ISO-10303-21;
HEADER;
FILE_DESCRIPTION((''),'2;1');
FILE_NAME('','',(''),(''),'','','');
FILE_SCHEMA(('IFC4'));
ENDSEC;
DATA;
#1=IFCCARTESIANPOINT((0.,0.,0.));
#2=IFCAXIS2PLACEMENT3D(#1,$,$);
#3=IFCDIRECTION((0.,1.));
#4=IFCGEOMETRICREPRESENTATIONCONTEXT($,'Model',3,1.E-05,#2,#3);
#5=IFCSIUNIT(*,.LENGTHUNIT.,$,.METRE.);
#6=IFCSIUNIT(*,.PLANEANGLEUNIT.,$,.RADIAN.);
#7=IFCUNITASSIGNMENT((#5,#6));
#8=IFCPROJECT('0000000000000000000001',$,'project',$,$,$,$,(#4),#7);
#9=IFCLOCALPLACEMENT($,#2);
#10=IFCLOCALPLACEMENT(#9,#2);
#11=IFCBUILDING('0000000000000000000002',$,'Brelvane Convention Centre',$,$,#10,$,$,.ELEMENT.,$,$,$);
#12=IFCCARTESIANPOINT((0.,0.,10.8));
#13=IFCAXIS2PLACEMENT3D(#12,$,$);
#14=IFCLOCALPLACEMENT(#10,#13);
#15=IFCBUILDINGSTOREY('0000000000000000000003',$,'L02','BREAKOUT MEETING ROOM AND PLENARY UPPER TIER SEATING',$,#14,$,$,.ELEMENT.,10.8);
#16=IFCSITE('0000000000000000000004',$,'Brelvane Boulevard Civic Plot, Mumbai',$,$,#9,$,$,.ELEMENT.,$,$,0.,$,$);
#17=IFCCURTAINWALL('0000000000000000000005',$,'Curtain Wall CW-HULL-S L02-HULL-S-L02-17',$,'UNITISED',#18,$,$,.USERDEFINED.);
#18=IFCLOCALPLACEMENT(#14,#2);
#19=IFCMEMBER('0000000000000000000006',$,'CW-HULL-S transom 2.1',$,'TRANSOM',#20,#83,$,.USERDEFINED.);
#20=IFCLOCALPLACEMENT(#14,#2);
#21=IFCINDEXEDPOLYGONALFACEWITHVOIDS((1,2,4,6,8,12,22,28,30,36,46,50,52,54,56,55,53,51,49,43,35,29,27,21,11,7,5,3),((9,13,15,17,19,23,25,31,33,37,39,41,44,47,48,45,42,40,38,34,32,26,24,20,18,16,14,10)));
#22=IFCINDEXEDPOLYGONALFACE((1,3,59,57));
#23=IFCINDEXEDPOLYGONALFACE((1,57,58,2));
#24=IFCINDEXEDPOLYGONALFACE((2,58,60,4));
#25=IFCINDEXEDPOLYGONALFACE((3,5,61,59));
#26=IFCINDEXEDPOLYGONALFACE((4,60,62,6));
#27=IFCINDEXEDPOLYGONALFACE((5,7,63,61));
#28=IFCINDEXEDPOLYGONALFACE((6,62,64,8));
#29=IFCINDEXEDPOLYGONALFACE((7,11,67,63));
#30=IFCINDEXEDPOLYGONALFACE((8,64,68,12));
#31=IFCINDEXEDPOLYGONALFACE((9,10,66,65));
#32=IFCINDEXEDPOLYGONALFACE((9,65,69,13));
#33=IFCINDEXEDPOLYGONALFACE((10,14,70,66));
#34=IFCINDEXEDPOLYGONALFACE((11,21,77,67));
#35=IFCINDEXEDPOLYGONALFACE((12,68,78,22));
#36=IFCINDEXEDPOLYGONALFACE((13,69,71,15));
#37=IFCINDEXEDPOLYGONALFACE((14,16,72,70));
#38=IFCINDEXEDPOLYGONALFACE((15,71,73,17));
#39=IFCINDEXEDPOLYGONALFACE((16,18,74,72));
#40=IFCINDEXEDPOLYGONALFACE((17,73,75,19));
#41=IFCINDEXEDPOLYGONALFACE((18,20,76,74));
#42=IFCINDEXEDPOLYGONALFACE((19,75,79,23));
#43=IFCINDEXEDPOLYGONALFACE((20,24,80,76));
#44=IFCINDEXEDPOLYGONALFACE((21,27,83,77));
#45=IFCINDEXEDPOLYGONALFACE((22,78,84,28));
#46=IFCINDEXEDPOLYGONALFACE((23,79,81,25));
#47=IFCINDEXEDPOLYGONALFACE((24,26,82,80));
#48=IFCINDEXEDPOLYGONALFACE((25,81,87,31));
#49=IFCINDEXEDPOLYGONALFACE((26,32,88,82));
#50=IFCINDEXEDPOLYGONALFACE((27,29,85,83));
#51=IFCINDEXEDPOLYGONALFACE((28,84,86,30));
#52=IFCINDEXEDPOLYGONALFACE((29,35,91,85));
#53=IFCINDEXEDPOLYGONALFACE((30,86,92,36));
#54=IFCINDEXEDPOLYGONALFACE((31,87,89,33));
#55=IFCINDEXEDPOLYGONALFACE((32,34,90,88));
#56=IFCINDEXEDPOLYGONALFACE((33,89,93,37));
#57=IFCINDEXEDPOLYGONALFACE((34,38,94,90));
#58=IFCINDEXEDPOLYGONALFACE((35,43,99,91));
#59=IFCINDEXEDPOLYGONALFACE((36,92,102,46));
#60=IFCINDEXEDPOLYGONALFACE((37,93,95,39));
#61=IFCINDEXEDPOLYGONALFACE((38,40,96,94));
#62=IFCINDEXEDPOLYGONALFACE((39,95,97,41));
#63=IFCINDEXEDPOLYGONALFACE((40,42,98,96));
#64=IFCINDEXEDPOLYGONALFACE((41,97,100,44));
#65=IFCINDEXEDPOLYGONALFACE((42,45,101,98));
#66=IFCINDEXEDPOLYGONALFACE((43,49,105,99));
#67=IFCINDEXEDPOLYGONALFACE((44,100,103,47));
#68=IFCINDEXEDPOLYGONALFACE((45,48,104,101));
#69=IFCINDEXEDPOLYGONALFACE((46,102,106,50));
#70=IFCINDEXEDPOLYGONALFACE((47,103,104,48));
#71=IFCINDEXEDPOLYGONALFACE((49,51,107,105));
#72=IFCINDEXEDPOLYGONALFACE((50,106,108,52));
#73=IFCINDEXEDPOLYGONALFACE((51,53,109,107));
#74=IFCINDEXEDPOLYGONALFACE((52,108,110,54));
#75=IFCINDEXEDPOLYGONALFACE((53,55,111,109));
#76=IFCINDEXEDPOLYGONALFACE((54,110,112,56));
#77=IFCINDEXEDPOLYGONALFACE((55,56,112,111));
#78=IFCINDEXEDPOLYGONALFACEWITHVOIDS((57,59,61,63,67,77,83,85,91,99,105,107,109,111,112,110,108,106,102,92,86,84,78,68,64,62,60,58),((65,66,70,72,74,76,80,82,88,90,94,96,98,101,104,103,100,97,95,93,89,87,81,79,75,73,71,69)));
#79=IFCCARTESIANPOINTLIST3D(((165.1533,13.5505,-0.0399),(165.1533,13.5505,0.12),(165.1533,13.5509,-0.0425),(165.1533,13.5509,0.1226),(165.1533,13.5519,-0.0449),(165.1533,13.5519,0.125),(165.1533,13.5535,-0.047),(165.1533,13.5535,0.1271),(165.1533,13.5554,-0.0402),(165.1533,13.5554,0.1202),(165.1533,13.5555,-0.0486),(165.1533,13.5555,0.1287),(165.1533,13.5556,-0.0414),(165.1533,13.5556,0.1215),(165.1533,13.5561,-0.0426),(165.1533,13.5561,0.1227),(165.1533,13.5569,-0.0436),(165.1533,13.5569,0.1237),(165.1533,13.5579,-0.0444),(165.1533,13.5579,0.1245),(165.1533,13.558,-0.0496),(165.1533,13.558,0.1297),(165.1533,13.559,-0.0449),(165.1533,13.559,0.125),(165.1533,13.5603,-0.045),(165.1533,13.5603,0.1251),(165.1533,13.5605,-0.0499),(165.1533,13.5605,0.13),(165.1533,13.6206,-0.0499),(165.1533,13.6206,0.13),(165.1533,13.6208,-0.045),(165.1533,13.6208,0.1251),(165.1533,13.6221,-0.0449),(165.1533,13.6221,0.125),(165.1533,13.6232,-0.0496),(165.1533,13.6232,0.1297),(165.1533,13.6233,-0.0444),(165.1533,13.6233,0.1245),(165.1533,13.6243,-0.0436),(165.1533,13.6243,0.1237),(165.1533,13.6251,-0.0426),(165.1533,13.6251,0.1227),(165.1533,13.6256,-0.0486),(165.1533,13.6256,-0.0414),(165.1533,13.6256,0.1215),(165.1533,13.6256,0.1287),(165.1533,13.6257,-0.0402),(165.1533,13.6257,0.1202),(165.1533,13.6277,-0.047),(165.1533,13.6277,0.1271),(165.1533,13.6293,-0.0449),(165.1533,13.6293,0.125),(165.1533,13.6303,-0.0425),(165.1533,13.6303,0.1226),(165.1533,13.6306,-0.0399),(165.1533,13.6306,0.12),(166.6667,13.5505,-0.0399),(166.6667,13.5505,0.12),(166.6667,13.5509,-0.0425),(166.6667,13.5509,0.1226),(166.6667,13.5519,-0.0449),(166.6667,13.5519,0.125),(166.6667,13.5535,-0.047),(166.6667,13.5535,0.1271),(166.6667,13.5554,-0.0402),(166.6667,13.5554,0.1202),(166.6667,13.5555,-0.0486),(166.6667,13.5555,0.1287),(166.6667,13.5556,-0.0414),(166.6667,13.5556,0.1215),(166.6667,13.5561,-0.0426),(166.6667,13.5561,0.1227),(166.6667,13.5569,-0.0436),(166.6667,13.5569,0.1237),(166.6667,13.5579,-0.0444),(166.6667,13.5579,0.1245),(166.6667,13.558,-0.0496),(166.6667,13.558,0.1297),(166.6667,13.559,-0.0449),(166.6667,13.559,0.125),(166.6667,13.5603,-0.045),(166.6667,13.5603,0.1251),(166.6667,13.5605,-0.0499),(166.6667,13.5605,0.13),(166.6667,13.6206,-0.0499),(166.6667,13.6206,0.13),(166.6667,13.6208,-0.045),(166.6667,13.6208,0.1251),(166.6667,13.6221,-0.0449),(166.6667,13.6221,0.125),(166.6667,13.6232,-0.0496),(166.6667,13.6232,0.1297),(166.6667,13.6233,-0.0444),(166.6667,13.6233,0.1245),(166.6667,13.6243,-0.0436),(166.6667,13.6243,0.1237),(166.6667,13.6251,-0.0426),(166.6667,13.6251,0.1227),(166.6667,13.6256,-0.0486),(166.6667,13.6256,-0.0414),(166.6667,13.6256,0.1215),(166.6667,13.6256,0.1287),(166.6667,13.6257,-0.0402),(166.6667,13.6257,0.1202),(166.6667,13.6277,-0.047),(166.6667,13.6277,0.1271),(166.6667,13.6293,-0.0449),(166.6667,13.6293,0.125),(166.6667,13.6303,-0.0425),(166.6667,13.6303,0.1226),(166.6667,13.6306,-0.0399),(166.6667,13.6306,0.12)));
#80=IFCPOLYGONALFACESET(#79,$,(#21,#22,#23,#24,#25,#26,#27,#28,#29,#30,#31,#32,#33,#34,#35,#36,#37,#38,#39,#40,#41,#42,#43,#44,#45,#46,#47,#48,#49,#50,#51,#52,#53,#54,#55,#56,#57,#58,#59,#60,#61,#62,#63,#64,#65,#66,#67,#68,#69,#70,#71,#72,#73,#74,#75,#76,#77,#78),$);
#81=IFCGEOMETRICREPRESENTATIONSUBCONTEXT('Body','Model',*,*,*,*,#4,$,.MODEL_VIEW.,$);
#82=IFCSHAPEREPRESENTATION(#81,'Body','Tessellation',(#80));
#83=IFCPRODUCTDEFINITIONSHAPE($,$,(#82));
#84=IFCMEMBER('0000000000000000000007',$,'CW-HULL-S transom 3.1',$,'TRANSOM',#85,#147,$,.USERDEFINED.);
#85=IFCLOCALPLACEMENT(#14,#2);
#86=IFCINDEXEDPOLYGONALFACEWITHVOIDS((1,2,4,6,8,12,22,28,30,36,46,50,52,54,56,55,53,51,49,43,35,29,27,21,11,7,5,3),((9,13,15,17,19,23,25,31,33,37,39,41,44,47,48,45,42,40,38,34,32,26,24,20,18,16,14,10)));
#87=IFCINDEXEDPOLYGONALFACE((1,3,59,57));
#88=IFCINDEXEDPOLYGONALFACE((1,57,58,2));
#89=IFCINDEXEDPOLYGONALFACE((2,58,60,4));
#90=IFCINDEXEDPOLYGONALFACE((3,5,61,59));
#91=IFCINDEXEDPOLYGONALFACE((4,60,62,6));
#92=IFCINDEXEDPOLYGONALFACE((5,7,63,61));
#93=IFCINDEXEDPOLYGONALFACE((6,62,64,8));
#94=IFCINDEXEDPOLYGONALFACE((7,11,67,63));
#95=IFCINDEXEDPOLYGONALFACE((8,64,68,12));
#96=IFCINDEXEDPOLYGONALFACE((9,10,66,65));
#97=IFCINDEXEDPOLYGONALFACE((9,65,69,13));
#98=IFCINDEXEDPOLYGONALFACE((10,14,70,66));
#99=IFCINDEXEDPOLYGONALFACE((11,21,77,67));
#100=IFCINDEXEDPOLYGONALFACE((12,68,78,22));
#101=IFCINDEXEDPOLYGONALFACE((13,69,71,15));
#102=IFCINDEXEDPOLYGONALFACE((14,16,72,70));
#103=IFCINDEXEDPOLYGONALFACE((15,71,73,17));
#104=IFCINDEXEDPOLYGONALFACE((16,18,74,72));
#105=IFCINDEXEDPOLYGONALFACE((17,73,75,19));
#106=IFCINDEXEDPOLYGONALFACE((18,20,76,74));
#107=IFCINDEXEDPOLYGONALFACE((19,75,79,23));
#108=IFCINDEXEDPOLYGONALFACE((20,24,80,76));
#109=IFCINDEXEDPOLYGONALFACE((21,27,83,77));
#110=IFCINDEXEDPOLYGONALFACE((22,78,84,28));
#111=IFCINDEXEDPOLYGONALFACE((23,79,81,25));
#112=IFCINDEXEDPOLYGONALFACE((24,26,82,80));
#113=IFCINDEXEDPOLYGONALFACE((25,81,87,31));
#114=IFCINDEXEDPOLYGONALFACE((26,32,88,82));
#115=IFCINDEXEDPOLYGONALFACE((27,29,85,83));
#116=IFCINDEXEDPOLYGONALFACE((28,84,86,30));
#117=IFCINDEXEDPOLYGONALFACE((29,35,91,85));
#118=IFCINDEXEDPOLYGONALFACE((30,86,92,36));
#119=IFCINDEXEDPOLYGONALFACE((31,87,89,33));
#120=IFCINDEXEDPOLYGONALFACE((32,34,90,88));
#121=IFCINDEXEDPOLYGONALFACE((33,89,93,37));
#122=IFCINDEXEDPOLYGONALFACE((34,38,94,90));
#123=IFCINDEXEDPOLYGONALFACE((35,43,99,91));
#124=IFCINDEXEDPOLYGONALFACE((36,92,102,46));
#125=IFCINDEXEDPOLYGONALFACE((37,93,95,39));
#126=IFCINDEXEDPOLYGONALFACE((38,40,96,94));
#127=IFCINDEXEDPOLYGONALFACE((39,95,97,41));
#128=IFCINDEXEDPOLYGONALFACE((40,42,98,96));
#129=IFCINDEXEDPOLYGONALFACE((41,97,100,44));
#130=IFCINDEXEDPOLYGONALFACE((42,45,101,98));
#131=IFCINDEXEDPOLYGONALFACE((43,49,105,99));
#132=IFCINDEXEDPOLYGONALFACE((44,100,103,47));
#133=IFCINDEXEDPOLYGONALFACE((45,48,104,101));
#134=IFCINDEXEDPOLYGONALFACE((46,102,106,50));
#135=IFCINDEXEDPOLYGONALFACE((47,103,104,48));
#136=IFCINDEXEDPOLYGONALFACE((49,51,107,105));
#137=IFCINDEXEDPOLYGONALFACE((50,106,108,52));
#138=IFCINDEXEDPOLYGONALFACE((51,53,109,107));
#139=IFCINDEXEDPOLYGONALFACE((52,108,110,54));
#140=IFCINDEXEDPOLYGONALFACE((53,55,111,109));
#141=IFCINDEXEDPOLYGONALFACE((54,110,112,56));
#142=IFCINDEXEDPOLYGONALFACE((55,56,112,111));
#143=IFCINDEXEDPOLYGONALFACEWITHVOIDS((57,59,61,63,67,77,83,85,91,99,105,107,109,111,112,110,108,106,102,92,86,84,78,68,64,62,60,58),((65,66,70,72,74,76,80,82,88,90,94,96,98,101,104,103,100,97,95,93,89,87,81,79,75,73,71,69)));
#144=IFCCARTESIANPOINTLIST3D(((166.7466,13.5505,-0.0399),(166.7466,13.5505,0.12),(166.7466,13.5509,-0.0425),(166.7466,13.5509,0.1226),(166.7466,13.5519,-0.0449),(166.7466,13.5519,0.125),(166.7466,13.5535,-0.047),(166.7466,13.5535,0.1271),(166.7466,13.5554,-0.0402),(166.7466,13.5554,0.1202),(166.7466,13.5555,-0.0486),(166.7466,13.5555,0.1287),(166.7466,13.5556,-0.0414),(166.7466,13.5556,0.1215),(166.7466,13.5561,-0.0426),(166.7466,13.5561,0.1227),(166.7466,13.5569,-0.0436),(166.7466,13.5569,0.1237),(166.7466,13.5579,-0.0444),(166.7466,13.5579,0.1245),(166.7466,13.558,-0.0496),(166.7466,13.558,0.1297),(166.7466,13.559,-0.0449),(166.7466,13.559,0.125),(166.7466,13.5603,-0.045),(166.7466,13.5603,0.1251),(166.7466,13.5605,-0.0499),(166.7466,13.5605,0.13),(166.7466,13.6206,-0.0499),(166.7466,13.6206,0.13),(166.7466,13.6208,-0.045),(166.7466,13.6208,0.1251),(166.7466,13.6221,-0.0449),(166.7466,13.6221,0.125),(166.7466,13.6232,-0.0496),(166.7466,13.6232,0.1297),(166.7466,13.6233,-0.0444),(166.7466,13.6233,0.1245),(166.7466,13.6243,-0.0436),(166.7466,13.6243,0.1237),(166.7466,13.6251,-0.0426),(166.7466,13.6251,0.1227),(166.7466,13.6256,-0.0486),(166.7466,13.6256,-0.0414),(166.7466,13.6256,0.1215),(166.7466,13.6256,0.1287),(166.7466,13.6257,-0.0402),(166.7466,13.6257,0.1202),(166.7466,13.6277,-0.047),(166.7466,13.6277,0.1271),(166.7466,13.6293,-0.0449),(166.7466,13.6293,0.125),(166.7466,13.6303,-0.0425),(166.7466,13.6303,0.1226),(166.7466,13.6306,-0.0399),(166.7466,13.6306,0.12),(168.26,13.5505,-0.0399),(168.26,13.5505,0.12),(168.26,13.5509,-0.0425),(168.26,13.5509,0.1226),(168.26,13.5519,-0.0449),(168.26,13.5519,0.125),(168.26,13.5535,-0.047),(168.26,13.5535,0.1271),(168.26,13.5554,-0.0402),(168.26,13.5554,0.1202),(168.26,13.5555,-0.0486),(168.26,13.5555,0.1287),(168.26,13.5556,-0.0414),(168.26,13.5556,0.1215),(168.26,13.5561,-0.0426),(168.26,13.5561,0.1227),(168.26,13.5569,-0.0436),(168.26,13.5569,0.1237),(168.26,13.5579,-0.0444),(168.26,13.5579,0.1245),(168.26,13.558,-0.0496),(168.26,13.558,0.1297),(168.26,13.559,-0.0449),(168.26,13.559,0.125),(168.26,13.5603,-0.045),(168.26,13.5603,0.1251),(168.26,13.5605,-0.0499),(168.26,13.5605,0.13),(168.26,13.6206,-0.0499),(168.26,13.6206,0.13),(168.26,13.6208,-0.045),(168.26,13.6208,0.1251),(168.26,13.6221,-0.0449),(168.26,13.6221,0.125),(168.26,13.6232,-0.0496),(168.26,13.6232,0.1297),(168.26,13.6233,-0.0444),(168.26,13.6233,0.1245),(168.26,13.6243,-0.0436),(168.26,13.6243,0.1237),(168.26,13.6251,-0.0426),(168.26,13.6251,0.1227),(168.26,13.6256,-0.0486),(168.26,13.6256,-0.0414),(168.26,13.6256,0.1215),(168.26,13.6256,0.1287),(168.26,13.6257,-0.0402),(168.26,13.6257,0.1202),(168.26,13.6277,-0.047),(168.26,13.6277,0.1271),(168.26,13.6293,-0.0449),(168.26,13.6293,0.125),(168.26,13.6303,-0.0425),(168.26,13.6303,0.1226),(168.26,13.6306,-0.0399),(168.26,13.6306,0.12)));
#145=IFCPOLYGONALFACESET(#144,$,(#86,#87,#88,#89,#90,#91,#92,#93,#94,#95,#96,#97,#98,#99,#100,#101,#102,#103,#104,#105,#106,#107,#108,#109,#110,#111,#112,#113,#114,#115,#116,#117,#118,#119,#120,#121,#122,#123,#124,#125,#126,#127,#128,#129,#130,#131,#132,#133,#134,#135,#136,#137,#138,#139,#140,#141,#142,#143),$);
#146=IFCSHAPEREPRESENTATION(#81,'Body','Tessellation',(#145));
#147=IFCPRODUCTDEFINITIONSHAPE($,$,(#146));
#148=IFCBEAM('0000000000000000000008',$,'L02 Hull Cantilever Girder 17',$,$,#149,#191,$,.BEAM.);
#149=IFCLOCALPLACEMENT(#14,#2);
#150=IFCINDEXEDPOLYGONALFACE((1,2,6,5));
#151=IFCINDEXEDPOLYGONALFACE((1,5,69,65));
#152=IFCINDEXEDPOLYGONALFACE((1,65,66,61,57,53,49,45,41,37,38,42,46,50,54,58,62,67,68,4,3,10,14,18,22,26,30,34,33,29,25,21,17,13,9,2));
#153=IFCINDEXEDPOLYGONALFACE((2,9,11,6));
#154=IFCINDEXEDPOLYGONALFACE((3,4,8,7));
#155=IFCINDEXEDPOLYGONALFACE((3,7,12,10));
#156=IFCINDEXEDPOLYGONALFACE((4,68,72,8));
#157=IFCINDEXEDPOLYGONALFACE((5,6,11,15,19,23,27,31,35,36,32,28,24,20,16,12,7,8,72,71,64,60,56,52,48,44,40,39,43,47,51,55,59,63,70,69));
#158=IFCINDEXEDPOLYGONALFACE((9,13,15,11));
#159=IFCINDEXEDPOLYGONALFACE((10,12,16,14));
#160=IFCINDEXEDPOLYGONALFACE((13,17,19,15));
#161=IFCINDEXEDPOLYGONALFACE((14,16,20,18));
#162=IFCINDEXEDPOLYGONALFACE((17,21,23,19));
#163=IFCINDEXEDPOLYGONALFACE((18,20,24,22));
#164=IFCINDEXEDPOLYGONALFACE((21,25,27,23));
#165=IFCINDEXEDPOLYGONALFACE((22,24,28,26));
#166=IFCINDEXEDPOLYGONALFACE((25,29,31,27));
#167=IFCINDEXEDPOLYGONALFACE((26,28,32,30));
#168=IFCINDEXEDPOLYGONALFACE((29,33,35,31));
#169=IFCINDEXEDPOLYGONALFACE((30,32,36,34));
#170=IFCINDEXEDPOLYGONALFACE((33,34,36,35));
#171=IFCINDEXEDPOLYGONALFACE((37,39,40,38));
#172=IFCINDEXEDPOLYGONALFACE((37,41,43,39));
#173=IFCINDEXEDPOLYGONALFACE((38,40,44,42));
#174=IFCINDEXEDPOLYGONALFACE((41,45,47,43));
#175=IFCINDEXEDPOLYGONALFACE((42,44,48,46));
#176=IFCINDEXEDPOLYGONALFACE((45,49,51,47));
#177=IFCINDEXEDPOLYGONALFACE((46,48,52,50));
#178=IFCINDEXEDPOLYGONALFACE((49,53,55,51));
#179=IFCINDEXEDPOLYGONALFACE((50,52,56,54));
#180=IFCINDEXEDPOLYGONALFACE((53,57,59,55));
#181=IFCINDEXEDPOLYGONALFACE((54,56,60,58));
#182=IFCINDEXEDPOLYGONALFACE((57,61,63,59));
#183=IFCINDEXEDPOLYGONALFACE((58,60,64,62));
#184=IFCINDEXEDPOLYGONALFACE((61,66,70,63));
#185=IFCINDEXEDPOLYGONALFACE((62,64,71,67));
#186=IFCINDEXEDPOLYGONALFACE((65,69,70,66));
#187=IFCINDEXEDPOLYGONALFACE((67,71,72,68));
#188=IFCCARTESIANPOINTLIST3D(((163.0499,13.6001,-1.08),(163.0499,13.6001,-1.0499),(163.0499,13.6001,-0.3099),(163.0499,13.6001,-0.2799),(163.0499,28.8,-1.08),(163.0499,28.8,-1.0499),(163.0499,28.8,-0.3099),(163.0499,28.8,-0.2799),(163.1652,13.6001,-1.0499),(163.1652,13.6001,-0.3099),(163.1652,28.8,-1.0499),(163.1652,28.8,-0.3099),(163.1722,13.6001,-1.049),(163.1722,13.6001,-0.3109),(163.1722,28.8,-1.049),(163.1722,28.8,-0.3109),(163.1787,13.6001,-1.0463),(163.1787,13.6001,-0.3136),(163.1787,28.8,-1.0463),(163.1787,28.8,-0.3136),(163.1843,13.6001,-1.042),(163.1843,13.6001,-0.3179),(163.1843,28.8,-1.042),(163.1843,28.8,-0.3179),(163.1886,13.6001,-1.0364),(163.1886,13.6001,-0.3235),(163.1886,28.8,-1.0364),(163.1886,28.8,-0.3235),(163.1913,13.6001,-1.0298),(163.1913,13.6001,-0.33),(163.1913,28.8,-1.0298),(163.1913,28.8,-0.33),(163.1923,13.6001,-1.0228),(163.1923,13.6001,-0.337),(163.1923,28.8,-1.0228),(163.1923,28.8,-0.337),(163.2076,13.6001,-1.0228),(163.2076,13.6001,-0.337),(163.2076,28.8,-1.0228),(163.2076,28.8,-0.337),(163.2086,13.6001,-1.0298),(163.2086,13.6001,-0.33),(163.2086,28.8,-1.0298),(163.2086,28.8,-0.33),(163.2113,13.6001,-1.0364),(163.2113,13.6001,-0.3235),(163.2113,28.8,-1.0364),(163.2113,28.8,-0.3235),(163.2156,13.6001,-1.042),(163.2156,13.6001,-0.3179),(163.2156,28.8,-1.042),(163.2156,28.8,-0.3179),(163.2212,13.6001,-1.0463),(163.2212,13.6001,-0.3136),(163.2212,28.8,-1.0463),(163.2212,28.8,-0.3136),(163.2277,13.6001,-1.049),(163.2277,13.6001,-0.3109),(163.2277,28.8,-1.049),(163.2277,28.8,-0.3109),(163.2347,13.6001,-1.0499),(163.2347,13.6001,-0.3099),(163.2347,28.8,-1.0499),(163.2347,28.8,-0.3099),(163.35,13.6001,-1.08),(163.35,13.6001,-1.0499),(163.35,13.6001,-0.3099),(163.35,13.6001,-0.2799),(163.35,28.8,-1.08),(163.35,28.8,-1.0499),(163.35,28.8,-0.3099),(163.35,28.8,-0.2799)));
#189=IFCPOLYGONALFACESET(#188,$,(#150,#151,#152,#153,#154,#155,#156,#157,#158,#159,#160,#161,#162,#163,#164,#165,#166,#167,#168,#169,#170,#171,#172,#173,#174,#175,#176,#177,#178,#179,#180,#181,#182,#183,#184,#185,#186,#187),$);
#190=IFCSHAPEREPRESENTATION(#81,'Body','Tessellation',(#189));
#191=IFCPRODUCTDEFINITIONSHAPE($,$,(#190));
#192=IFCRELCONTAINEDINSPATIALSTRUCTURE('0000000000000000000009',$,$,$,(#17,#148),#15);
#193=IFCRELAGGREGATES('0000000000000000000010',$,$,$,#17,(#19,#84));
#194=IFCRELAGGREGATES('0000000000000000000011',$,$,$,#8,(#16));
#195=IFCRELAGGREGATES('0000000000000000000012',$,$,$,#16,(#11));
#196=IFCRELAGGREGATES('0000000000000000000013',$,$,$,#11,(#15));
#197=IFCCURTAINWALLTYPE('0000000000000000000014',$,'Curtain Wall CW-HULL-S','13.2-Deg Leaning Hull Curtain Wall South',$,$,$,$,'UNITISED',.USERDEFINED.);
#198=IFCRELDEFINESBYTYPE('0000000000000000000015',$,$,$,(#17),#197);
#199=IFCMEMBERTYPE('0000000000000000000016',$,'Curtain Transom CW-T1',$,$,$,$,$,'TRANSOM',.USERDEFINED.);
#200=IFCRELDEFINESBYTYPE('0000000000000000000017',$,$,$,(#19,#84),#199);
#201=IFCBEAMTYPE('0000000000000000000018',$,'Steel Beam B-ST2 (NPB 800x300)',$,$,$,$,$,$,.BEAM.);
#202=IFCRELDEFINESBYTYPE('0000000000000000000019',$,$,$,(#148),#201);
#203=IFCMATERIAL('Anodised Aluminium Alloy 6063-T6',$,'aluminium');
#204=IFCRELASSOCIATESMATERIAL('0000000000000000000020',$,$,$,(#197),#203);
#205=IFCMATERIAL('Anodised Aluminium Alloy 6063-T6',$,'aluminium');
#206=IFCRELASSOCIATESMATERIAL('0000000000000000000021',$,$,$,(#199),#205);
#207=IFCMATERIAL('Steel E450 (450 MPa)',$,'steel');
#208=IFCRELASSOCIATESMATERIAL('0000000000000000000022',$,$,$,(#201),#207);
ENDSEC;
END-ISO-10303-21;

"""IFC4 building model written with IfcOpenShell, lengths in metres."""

from ifc_helpers import new_model, si_unit, direction, frame, origin, origin_2d, place, context, subcontext, project, spatial, hollow_rectangle, i_section, extrude, material, material_profile, profile_set, type_object, element, aggregate, save


model = new_model("IFC4")

# Units and contexts
model_context = context("Model", 3, precision=1e-05, world=origin(), true_north=direction((0.0, 1.0)))
body_context = subcontext(model_context, "Body", "Model", "MODEL_VIEW")
ifc_project = project(units=[si_unit("LENGTHUNIT", "METRE"), si_unit("PLANEANGLEUNIT", "RADIAN")], contexts=[model_context])

# Site, building, storey
site_placement = place(None, origin())
site = spatial("IfcSite", under=ifc_project, at=site_placement, Name="Brelvane Boulevard Civic Plot, Mumbai", CompositionType="ELEMENT", RefElevation=0.0)
building_placement = place(site_placement, origin())
building = spatial("IfcBuilding", under=site, at=building_placement, Name="Brelvane Convention Centre", CompositionType="ELEMENT")
storey_placement = place(building_placement, frame((0.0, 0.0, 10.8)))
storey = spatial("IfcBuildingStorey", under=building, at=storey_placement, Name="L02", Description="BREAKOUT MEETING ROOM AND PLENARY UPPER TIER SEATING", CompositionType="ELEMENT", Elevation=10.8)

# Curtain wall
ifc_material_1 = material(Name="Anodised Aluminium Alloy 6063-T6", Category="aluminium")
curtain_wall_type = type_object("IfcCurtainWallType", Name="Curtain Wall CW-HULL-S", Description="13.2-Deg Leaning Hull Curtain Wall South", ElementType="UNITISED", PredefinedType="USERDEFINED", material=ifc_material_1)
curtain_wall_1_placement = place(storey_placement, origin())
curtain_wall_1 = element("IfcCurtainWall", 1, at=curtain_wall_1_placement, inside=storey, type_object=curtain_wall_type, Name="Curtain Wall CW-HULL-S L02-HULL-S-L02-17", ObjectType="UNITISED", PredefinedType="USERDEFINED")

# Members
ifc_material_2 = material(Name="Anodised Aluminium Alloy 6063-T6", Category="aluminium")
ifc_material_profile_1 = material_profile(ifc_material_2, hollow_rectangle(XDim=0.0801, YDim=0.1799, WallThickness=0.0049, InnerFilletRadius=0.0049, OuterFilletRadius=0.01, at=origin_2d()), Name="ALU-T 180x80x5.0")
ifc_profile_set_1 = profile_set([ifc_material_profile_1], Name="Anodised Aluminium Alloy 6063-T6")
member_type_1 = type_object("IfcMemberType", Name="Curtain Transom CW-T1", ElementType="TRANSOM", PredefinedType="USERDEFINED", material=ifc_profile_set_1)
member_1_placement = place(storey_placement, frame((165.1533, 13.5906, 0.04), z_axis=(1.0, 0.0, 0.0), x_axis=(0.0, 1.0, 0.0)))
member_1 = element("IfcMember", 2, at=member_1_placement, type_object=member_type_1, Name="CW-HULL-S transom 2.1", ObjectType="TRANSOM", PredefinedType="USERDEFINED", context=body_context, shape_type="SweptSolid", body=[
    extrude(hollow_rectangle(XDim=0.0801, YDim=0.1799, WallThickness=0.0049, InnerFilletRadius=0.0049, OuterFilletRadius=0.01, at=origin_2d()), origin(), (0.0, 0.0, 1.0), 1.5134),
])
member_2_placement = place(storey_placement, frame((166.7466, 13.5906, 0.04), z_axis=(1.0, 0.0, 0.0), x_axis=(0.0, 1.0, 0.0)))
member_2 = element("IfcMember", 3, at=member_2_placement, type_object=member_type_1, Name="CW-HULL-S transom 3.1", ObjectType="TRANSOM", PredefinedType="USERDEFINED", context=body_context, shape_type="SweptSolid", body=[
    extrude(hollow_rectangle(XDim=0.0801, YDim=0.1799, WallThickness=0.0049, InnerFilletRadius=0.0049, OuterFilletRadius=0.01, at=origin_2d()), origin(), (0.0, 0.0, 1.0), 1.5134),
])

# Beam
ifc_material_3 = material(Name="Steel E450 (450 MPa)", Category="steel")
ifc_material_profile_2 = material_profile(ifc_material_3, i_section(OverallWidth=0.3, OverallDepth=0.8, WebThickness=0.0154, FlangeThickness=0.03, FilletRadius=0.0271, at=origin_2d()), Name="NPB 800x300")
ifc_profile_set_2 = profile_set([ifc_material_profile_2], Name="Steel E450 (450 MPa)")
beam_type_1 = type_object("IfcBeamType", Name="Steel Beam B-ST2 (NPB 800x300)", PredefinedType="BEAM", material=ifc_profile_set_2)
beam_1_placement = place(storey_placement, frame((163.2, 13.6001, -0.6799), z_axis=(0.0, 1.0, 0.0), x_axis=(-1.0, 0.0, 0.0)))
element("IfcBeam", 4, at=beam_1_placement, inside=storey, type_object=beam_type_1, Name="L02 Hull Cantilever Girder 17", PredefinedType="BEAM", context=body_context, shape_type="SweptSolid", body=[
    extrude(i_section(OverallWidth=0.3, OverallDepth=0.8, WebThickness=0.0154, FlangeThickness=0.03, FilletRadius=0.0271, at=origin_2d()), origin(), (0.0, 0.0, 1.0), 15.2),
])

aggregate(curtain_wall_1, [member_1, member_2])

save(model, "model.ifc")
